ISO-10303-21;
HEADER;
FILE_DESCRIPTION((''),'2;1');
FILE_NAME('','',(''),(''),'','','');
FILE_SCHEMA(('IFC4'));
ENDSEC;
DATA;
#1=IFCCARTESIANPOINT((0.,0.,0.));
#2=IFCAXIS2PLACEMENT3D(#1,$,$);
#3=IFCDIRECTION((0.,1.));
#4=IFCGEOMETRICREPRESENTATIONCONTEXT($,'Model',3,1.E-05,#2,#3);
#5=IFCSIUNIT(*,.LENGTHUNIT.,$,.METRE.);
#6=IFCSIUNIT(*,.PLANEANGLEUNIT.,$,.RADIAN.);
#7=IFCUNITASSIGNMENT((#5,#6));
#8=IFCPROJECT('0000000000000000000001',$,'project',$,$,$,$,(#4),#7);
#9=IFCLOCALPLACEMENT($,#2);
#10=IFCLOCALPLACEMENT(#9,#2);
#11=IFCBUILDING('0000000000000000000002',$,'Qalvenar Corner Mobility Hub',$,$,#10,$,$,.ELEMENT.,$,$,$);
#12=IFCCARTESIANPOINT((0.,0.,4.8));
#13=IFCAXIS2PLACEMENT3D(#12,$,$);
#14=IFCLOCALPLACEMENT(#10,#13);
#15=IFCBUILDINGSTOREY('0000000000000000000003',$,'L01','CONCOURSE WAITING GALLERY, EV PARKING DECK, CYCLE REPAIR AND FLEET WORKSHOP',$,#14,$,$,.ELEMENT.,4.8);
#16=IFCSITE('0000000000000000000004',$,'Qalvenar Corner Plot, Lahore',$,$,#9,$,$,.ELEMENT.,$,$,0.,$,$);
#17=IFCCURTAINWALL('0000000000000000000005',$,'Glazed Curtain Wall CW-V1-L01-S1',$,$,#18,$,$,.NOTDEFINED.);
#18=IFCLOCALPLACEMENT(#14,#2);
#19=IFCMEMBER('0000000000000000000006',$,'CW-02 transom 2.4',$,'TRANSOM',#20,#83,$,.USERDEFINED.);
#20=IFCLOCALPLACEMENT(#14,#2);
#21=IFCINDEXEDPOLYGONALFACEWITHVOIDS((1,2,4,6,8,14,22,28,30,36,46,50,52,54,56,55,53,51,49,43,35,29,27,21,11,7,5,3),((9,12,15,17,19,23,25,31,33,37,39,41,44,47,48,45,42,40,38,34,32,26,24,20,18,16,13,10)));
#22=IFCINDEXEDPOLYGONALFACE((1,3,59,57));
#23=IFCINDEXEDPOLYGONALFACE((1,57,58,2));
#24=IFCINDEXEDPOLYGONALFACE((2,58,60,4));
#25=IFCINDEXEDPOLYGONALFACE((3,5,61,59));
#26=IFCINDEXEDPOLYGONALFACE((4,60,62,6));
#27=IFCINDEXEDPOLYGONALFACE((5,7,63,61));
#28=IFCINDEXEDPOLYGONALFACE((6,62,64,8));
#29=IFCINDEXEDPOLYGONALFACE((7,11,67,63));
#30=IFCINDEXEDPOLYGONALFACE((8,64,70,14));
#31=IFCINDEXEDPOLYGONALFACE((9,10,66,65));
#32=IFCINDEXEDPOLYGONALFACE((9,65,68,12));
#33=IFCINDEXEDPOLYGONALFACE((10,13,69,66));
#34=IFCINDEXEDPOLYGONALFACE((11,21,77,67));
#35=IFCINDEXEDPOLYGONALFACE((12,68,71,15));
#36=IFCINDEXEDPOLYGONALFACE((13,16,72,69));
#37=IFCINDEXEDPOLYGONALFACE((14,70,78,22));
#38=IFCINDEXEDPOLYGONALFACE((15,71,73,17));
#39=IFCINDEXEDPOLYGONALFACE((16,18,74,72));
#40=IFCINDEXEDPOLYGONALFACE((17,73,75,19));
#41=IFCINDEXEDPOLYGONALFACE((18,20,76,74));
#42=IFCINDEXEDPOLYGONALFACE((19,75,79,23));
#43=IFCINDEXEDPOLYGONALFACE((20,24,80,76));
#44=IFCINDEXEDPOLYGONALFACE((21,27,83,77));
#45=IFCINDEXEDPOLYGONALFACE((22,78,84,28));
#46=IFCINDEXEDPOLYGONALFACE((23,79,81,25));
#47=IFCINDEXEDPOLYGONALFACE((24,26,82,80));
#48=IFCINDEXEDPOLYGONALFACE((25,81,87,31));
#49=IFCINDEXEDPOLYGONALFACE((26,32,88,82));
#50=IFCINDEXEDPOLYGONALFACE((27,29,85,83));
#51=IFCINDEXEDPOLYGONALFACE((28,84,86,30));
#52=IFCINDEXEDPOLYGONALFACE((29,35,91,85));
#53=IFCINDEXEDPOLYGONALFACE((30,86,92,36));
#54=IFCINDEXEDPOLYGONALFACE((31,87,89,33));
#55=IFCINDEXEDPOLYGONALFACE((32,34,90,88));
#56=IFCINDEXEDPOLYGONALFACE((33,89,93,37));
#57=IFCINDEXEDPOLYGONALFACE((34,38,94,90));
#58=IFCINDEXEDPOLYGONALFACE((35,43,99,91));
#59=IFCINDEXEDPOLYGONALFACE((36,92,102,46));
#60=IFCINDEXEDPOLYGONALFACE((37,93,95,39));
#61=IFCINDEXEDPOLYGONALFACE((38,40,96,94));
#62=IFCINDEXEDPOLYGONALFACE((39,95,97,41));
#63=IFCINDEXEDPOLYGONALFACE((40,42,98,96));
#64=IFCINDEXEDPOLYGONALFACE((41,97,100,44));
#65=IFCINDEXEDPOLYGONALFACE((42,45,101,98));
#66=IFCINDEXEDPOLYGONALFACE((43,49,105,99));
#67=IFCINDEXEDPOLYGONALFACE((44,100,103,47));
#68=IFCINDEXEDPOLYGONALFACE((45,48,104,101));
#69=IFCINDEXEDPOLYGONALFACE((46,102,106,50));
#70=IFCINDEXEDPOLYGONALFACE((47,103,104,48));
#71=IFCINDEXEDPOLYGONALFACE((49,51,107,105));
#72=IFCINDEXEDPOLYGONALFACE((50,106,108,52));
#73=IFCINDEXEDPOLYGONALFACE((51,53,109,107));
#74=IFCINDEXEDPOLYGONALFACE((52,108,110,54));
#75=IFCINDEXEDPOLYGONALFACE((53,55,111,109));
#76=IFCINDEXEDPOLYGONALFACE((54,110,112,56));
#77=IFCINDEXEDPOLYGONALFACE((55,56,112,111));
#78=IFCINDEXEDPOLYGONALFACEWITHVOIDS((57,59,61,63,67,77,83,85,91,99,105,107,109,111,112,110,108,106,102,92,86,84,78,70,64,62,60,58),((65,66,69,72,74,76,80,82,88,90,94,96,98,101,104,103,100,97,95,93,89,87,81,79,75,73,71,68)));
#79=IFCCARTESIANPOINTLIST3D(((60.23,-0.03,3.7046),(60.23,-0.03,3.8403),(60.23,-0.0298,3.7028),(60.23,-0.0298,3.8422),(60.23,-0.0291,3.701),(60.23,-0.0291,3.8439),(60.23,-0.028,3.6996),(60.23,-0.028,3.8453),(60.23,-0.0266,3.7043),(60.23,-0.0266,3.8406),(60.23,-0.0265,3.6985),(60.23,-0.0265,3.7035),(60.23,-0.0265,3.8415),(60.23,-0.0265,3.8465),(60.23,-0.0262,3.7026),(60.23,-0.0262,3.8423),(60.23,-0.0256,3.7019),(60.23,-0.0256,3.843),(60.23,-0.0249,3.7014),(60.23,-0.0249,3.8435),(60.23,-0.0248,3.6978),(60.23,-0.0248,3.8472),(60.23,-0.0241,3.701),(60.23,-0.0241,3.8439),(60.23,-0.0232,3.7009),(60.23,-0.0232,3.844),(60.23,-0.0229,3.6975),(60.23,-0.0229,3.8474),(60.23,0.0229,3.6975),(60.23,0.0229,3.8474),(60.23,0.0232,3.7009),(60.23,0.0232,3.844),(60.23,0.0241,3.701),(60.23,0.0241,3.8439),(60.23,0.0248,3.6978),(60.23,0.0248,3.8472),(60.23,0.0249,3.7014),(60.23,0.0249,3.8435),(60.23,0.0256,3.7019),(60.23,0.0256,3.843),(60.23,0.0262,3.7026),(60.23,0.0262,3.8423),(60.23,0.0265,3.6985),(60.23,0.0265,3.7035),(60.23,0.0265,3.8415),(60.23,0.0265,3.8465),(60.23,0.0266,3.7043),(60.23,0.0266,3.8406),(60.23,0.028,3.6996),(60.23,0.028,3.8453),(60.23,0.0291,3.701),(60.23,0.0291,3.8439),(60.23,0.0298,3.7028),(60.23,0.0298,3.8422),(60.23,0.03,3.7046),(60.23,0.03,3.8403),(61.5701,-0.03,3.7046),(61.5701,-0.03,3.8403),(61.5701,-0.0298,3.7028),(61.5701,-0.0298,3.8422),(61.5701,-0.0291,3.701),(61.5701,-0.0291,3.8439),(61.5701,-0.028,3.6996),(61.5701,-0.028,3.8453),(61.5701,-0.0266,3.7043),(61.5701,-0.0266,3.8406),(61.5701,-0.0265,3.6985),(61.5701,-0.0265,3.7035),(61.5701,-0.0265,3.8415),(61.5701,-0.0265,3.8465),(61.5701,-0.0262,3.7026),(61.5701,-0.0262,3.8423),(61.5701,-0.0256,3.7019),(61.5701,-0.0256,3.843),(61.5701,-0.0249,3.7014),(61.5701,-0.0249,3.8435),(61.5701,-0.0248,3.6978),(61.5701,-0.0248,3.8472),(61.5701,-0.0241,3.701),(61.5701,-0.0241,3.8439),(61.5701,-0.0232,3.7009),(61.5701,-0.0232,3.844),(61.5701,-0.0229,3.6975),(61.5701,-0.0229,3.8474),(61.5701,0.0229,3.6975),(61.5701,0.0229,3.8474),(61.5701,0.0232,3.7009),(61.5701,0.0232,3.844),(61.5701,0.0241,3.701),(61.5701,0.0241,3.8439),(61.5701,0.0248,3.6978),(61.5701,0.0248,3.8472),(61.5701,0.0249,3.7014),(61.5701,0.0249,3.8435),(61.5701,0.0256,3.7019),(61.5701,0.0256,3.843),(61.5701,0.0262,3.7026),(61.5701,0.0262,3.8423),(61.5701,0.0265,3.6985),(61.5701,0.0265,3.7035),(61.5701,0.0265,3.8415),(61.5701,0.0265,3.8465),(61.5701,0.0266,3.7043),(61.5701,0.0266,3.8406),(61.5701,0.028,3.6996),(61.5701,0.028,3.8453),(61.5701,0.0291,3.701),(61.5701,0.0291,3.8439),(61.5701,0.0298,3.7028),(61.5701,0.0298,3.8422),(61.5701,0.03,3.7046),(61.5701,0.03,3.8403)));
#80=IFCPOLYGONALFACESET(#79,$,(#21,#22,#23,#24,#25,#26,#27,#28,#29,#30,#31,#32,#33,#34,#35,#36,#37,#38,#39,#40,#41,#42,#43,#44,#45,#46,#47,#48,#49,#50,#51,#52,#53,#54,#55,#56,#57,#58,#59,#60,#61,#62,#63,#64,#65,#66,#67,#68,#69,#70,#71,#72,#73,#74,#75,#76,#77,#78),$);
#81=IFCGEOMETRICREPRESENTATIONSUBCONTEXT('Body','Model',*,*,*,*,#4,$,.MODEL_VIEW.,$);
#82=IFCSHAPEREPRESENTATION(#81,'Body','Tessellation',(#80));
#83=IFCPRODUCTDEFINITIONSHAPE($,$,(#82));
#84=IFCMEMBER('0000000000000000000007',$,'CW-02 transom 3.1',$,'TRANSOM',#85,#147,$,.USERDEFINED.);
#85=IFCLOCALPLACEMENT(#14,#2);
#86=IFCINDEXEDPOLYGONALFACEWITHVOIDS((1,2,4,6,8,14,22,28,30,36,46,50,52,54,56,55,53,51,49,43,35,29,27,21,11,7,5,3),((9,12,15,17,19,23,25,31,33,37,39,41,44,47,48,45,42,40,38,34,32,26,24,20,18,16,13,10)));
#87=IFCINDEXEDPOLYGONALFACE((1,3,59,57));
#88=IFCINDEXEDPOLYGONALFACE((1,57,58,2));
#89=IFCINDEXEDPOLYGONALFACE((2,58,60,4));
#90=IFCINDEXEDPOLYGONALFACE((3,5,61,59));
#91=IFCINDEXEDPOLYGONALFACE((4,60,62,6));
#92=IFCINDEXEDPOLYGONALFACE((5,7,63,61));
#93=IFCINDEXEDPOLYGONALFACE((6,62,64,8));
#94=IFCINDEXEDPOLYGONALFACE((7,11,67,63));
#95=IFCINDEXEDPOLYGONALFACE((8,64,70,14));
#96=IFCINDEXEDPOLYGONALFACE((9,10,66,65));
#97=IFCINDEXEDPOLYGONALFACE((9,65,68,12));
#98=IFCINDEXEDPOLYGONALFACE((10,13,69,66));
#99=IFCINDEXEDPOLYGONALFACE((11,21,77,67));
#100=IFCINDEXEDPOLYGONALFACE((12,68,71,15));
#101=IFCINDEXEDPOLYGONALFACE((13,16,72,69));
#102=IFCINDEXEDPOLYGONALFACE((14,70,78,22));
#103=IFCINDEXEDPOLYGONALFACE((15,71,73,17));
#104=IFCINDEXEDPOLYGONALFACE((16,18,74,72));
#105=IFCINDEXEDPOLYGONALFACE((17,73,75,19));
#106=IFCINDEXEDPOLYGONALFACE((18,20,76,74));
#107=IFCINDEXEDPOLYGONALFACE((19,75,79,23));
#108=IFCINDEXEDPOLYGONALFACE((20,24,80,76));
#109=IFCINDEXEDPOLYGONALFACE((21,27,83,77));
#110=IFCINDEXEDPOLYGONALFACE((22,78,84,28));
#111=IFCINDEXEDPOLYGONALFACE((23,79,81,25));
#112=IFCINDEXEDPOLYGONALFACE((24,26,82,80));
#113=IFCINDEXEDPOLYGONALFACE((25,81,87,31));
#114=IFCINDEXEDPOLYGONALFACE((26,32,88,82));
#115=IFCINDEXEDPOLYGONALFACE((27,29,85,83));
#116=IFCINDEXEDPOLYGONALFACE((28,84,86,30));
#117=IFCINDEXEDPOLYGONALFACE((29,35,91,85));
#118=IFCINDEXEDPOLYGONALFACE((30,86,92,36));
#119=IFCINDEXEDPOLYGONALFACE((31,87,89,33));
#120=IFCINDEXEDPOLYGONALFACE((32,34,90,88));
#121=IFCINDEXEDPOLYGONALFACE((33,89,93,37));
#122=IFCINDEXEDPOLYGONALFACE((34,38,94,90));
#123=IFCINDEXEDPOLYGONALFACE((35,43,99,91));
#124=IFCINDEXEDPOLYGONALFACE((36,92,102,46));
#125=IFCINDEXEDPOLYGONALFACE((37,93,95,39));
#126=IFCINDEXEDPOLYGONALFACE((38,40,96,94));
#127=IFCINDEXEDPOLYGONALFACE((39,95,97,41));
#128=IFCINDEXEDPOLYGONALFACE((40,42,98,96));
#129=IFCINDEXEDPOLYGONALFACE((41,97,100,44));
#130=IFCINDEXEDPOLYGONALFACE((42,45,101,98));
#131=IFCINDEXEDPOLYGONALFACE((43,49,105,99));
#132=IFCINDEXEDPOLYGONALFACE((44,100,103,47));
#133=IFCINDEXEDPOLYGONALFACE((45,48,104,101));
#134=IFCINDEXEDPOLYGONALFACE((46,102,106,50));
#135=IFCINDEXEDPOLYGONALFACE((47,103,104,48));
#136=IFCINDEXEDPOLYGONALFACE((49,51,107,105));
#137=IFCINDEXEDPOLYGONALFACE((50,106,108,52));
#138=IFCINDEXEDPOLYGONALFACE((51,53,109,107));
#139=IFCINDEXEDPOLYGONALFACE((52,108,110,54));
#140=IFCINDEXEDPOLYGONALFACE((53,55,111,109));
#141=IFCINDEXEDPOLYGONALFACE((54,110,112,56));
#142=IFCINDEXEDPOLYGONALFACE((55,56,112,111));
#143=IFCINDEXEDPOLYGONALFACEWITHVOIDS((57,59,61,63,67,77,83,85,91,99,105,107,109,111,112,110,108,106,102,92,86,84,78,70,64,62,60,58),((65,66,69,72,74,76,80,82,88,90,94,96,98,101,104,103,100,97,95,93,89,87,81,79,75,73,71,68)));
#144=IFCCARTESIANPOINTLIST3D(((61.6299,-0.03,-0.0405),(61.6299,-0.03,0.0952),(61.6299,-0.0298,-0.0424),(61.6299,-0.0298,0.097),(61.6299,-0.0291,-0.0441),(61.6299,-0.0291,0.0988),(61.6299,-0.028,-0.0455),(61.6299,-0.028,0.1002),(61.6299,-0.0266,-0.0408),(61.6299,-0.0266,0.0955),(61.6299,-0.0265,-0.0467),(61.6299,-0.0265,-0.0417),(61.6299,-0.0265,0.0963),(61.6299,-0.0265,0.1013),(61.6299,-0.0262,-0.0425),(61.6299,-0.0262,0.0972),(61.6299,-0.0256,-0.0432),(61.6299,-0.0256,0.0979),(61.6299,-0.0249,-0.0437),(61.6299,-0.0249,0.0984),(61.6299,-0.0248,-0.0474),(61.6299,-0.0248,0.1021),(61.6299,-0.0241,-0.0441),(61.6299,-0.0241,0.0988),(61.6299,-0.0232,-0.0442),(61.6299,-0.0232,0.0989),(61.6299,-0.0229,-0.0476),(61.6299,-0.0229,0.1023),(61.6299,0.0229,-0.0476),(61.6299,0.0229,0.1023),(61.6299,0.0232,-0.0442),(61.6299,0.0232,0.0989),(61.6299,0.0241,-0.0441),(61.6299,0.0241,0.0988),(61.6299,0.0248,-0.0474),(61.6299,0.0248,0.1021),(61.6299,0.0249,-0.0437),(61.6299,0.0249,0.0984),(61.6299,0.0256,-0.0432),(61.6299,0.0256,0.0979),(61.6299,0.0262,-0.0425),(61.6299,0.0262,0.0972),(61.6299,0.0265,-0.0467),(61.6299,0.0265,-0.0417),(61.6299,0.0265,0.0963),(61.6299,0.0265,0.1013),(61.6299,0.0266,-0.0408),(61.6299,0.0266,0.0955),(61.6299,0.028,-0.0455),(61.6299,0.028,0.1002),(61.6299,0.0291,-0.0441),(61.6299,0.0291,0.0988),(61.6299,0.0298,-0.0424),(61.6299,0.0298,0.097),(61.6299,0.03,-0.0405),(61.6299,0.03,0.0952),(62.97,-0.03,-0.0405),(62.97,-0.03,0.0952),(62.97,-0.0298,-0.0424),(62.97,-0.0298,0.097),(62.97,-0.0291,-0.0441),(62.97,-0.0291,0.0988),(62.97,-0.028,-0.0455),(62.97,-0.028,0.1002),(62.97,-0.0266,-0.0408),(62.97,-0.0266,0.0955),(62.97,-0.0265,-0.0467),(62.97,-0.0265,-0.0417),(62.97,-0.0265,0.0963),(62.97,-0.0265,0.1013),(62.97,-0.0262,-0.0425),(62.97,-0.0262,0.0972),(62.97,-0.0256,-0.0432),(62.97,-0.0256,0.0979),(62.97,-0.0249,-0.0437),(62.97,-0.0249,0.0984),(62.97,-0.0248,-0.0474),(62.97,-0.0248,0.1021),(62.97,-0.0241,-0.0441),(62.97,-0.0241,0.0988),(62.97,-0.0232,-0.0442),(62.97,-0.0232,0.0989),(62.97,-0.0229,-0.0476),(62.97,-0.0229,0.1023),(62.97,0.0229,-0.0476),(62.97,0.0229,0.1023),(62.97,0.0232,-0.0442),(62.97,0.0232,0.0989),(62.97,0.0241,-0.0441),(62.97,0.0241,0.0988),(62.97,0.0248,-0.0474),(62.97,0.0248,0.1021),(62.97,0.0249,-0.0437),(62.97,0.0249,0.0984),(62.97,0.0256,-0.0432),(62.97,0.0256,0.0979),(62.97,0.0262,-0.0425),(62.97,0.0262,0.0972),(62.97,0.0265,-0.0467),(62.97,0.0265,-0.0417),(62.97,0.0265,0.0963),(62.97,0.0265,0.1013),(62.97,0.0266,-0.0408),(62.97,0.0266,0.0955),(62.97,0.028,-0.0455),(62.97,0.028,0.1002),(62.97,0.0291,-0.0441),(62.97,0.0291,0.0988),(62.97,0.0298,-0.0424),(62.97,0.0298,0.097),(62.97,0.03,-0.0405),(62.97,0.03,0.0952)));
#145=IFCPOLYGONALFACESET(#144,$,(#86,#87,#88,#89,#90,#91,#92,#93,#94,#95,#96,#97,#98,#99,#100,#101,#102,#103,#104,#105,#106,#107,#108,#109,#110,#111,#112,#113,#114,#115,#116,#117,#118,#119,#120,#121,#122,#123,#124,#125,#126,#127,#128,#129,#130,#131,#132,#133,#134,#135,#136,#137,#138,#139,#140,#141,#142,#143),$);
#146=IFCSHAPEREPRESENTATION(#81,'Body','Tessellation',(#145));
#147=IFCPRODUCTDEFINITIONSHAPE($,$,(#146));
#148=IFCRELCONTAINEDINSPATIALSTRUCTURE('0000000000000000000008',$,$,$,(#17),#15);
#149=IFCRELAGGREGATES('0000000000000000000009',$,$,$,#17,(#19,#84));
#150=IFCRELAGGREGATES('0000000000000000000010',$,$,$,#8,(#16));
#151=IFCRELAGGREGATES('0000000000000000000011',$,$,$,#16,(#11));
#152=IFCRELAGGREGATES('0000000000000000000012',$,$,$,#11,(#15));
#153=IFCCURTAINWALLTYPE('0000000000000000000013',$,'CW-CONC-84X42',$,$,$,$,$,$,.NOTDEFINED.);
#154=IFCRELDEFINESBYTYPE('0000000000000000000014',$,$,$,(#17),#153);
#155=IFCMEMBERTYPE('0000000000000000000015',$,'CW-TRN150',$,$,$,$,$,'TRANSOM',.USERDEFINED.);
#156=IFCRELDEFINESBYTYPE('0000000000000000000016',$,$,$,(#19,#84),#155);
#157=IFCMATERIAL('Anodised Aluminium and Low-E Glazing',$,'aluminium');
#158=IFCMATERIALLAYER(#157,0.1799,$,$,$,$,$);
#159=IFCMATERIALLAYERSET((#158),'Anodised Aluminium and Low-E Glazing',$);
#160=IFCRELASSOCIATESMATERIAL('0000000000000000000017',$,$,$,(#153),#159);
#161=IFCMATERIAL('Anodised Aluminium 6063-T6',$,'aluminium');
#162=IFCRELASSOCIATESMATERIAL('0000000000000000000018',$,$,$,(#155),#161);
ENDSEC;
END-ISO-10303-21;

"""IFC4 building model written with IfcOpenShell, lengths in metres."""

from ifc_helpers import new_model, si_unit, direction, frame, origin, origin_2d, place, context, subcontext, project, spatial, hollow_rectangle, extrude, material, layer, layer_set, material_profile, profile_set, type_object, element, aggregate, save


model = new_model("IFC4")

# Units and contexts
model_context = context("Model", 3, precision=1e-05, world=origin(), true_north=direction((0.0, 1.0)))
body_context = subcontext(model_context, "Body", "Model", "MODEL_VIEW")
ifc_project = project(units=[si_unit("LENGTHUNIT", "METRE"), si_unit("PLANEANGLEUNIT", "RADIAN")], contexts=[model_context])

# Site, building, storey
site_placement = place(None, origin())
site = spatial("IfcSite", under=ifc_project, at=site_placement, Name="Qalvenar Corner Plot, Lahore", CompositionType="ELEMENT", RefElevation=0.0)
building_placement = place(site_placement, origin())
building = spatial("IfcBuilding", under=site, at=building_placement, Name="Qalvenar Corner Mobility Hub", CompositionType="ELEMENT")
storey_placement = place(building_placement, frame((0.0, 0.0, 4.8)))
storey = spatial("IfcBuildingStorey", under=building, at=storey_placement, Name="L01", Description="CONCOURSE WAITING GALLERY, EV PARKING DECK, CYCLE REPAIR AND FLEET WORKSHOP", CompositionType="ELEMENT", Elevation=4.8)

# Curtain wall, members
ifc_material_1 = material(Name="Anodised Aluminium and Low-E Glazing", Category="aluminium")
ifc_layer_1 = layer(ifc_material_1, 0.1799)
ifc_layer_set_1 = layer_set([ifc_layer_1], Name="Anodised Aluminium and Low-E Glazing")
curtain_wall_type = type_object("IfcCurtainWallType", Name="CW-CONC-84X42", PredefinedType="NOTDEFINED", material=ifc_layer_set_1)
curtain_wall_placement = place(storey_placement, origin())
curtain_wall = element("IfcCurtainWall", 1, at=curtain_wall_placement, inside=storey, type_object=curtain_wall_type, Name="Glazed Curtain Wall CW-V1-L01-S1", PredefinedType="NOTDEFINED")
ifc_material_2 = material(Name="Anodised Aluminium 6063-T6", Category="aluminium")
ifc_material_profile_1 = material_profile(ifc_material_2, hollow_rectangle(XDim=0.0601, YDim=0.1499, WallThickness=0.0034, InnerFilletRadius=0.0034, OuterFilletRadius=0.0071, at=origin_2d()), Name="RHS150x60x3.5")
ifc_profile_set_1 = profile_set([ifc_material_profile_1], Name="Anodised Aluminium 6063-T6")
member_type_1 = type_object("IfcMemberType", Name="CW-TRN150", ElementType="TRANSOM", PredefinedType="USERDEFINED", material=ifc_profile_set_1)
member_1_placement = place(storey_placement, frame((60.23, 0.0, 3.7725), z_axis=(1.0, 0.0, 0.0), x_axis=(0.0, 1.0, 0.0)))
member_1 = element("IfcMember", 2, at=member_1_placement, type_object=member_type_1, Name="CW-02 transom 2.4", ObjectType="TRANSOM", PredefinedType="USERDEFINED", context=body_context, shape_type="SweptSolid", body=[
    extrude(hollow_rectangle(XDim=0.0601, YDim=0.1499, WallThickness=0.0034, InnerFilletRadius=0.0034, OuterFilletRadius=0.0071, at=origin_2d()), origin(), (0.0, 0.0, 1.0), 1.3401),
])
member_2_placement = place(storey_placement, frame((61.6299, 0.0, 0.0273), z_axis=(1.0, 0.0, 0.0), x_axis=(0.0, 1.0, 0.0)))
member_2 = element("IfcMember", 3, at=member_2_placement, type_object=member_type_1, Name="CW-02 transom 3.1", ObjectType="TRANSOM", PredefinedType="USERDEFINED", context=body_context, shape_type="SweptSolid", body=[
    extrude(hollow_rectangle(XDim=0.0601, YDim=0.1499, WallThickness=0.0034, InnerFilletRadius=0.0034, OuterFilletRadius=0.0071, at=origin_2d()), origin(), (0.0, 0.0, 1.0), 1.3401),
])
aggregate(curtain_wall, [member_1, member_2])

save(model, "model.ifc")
